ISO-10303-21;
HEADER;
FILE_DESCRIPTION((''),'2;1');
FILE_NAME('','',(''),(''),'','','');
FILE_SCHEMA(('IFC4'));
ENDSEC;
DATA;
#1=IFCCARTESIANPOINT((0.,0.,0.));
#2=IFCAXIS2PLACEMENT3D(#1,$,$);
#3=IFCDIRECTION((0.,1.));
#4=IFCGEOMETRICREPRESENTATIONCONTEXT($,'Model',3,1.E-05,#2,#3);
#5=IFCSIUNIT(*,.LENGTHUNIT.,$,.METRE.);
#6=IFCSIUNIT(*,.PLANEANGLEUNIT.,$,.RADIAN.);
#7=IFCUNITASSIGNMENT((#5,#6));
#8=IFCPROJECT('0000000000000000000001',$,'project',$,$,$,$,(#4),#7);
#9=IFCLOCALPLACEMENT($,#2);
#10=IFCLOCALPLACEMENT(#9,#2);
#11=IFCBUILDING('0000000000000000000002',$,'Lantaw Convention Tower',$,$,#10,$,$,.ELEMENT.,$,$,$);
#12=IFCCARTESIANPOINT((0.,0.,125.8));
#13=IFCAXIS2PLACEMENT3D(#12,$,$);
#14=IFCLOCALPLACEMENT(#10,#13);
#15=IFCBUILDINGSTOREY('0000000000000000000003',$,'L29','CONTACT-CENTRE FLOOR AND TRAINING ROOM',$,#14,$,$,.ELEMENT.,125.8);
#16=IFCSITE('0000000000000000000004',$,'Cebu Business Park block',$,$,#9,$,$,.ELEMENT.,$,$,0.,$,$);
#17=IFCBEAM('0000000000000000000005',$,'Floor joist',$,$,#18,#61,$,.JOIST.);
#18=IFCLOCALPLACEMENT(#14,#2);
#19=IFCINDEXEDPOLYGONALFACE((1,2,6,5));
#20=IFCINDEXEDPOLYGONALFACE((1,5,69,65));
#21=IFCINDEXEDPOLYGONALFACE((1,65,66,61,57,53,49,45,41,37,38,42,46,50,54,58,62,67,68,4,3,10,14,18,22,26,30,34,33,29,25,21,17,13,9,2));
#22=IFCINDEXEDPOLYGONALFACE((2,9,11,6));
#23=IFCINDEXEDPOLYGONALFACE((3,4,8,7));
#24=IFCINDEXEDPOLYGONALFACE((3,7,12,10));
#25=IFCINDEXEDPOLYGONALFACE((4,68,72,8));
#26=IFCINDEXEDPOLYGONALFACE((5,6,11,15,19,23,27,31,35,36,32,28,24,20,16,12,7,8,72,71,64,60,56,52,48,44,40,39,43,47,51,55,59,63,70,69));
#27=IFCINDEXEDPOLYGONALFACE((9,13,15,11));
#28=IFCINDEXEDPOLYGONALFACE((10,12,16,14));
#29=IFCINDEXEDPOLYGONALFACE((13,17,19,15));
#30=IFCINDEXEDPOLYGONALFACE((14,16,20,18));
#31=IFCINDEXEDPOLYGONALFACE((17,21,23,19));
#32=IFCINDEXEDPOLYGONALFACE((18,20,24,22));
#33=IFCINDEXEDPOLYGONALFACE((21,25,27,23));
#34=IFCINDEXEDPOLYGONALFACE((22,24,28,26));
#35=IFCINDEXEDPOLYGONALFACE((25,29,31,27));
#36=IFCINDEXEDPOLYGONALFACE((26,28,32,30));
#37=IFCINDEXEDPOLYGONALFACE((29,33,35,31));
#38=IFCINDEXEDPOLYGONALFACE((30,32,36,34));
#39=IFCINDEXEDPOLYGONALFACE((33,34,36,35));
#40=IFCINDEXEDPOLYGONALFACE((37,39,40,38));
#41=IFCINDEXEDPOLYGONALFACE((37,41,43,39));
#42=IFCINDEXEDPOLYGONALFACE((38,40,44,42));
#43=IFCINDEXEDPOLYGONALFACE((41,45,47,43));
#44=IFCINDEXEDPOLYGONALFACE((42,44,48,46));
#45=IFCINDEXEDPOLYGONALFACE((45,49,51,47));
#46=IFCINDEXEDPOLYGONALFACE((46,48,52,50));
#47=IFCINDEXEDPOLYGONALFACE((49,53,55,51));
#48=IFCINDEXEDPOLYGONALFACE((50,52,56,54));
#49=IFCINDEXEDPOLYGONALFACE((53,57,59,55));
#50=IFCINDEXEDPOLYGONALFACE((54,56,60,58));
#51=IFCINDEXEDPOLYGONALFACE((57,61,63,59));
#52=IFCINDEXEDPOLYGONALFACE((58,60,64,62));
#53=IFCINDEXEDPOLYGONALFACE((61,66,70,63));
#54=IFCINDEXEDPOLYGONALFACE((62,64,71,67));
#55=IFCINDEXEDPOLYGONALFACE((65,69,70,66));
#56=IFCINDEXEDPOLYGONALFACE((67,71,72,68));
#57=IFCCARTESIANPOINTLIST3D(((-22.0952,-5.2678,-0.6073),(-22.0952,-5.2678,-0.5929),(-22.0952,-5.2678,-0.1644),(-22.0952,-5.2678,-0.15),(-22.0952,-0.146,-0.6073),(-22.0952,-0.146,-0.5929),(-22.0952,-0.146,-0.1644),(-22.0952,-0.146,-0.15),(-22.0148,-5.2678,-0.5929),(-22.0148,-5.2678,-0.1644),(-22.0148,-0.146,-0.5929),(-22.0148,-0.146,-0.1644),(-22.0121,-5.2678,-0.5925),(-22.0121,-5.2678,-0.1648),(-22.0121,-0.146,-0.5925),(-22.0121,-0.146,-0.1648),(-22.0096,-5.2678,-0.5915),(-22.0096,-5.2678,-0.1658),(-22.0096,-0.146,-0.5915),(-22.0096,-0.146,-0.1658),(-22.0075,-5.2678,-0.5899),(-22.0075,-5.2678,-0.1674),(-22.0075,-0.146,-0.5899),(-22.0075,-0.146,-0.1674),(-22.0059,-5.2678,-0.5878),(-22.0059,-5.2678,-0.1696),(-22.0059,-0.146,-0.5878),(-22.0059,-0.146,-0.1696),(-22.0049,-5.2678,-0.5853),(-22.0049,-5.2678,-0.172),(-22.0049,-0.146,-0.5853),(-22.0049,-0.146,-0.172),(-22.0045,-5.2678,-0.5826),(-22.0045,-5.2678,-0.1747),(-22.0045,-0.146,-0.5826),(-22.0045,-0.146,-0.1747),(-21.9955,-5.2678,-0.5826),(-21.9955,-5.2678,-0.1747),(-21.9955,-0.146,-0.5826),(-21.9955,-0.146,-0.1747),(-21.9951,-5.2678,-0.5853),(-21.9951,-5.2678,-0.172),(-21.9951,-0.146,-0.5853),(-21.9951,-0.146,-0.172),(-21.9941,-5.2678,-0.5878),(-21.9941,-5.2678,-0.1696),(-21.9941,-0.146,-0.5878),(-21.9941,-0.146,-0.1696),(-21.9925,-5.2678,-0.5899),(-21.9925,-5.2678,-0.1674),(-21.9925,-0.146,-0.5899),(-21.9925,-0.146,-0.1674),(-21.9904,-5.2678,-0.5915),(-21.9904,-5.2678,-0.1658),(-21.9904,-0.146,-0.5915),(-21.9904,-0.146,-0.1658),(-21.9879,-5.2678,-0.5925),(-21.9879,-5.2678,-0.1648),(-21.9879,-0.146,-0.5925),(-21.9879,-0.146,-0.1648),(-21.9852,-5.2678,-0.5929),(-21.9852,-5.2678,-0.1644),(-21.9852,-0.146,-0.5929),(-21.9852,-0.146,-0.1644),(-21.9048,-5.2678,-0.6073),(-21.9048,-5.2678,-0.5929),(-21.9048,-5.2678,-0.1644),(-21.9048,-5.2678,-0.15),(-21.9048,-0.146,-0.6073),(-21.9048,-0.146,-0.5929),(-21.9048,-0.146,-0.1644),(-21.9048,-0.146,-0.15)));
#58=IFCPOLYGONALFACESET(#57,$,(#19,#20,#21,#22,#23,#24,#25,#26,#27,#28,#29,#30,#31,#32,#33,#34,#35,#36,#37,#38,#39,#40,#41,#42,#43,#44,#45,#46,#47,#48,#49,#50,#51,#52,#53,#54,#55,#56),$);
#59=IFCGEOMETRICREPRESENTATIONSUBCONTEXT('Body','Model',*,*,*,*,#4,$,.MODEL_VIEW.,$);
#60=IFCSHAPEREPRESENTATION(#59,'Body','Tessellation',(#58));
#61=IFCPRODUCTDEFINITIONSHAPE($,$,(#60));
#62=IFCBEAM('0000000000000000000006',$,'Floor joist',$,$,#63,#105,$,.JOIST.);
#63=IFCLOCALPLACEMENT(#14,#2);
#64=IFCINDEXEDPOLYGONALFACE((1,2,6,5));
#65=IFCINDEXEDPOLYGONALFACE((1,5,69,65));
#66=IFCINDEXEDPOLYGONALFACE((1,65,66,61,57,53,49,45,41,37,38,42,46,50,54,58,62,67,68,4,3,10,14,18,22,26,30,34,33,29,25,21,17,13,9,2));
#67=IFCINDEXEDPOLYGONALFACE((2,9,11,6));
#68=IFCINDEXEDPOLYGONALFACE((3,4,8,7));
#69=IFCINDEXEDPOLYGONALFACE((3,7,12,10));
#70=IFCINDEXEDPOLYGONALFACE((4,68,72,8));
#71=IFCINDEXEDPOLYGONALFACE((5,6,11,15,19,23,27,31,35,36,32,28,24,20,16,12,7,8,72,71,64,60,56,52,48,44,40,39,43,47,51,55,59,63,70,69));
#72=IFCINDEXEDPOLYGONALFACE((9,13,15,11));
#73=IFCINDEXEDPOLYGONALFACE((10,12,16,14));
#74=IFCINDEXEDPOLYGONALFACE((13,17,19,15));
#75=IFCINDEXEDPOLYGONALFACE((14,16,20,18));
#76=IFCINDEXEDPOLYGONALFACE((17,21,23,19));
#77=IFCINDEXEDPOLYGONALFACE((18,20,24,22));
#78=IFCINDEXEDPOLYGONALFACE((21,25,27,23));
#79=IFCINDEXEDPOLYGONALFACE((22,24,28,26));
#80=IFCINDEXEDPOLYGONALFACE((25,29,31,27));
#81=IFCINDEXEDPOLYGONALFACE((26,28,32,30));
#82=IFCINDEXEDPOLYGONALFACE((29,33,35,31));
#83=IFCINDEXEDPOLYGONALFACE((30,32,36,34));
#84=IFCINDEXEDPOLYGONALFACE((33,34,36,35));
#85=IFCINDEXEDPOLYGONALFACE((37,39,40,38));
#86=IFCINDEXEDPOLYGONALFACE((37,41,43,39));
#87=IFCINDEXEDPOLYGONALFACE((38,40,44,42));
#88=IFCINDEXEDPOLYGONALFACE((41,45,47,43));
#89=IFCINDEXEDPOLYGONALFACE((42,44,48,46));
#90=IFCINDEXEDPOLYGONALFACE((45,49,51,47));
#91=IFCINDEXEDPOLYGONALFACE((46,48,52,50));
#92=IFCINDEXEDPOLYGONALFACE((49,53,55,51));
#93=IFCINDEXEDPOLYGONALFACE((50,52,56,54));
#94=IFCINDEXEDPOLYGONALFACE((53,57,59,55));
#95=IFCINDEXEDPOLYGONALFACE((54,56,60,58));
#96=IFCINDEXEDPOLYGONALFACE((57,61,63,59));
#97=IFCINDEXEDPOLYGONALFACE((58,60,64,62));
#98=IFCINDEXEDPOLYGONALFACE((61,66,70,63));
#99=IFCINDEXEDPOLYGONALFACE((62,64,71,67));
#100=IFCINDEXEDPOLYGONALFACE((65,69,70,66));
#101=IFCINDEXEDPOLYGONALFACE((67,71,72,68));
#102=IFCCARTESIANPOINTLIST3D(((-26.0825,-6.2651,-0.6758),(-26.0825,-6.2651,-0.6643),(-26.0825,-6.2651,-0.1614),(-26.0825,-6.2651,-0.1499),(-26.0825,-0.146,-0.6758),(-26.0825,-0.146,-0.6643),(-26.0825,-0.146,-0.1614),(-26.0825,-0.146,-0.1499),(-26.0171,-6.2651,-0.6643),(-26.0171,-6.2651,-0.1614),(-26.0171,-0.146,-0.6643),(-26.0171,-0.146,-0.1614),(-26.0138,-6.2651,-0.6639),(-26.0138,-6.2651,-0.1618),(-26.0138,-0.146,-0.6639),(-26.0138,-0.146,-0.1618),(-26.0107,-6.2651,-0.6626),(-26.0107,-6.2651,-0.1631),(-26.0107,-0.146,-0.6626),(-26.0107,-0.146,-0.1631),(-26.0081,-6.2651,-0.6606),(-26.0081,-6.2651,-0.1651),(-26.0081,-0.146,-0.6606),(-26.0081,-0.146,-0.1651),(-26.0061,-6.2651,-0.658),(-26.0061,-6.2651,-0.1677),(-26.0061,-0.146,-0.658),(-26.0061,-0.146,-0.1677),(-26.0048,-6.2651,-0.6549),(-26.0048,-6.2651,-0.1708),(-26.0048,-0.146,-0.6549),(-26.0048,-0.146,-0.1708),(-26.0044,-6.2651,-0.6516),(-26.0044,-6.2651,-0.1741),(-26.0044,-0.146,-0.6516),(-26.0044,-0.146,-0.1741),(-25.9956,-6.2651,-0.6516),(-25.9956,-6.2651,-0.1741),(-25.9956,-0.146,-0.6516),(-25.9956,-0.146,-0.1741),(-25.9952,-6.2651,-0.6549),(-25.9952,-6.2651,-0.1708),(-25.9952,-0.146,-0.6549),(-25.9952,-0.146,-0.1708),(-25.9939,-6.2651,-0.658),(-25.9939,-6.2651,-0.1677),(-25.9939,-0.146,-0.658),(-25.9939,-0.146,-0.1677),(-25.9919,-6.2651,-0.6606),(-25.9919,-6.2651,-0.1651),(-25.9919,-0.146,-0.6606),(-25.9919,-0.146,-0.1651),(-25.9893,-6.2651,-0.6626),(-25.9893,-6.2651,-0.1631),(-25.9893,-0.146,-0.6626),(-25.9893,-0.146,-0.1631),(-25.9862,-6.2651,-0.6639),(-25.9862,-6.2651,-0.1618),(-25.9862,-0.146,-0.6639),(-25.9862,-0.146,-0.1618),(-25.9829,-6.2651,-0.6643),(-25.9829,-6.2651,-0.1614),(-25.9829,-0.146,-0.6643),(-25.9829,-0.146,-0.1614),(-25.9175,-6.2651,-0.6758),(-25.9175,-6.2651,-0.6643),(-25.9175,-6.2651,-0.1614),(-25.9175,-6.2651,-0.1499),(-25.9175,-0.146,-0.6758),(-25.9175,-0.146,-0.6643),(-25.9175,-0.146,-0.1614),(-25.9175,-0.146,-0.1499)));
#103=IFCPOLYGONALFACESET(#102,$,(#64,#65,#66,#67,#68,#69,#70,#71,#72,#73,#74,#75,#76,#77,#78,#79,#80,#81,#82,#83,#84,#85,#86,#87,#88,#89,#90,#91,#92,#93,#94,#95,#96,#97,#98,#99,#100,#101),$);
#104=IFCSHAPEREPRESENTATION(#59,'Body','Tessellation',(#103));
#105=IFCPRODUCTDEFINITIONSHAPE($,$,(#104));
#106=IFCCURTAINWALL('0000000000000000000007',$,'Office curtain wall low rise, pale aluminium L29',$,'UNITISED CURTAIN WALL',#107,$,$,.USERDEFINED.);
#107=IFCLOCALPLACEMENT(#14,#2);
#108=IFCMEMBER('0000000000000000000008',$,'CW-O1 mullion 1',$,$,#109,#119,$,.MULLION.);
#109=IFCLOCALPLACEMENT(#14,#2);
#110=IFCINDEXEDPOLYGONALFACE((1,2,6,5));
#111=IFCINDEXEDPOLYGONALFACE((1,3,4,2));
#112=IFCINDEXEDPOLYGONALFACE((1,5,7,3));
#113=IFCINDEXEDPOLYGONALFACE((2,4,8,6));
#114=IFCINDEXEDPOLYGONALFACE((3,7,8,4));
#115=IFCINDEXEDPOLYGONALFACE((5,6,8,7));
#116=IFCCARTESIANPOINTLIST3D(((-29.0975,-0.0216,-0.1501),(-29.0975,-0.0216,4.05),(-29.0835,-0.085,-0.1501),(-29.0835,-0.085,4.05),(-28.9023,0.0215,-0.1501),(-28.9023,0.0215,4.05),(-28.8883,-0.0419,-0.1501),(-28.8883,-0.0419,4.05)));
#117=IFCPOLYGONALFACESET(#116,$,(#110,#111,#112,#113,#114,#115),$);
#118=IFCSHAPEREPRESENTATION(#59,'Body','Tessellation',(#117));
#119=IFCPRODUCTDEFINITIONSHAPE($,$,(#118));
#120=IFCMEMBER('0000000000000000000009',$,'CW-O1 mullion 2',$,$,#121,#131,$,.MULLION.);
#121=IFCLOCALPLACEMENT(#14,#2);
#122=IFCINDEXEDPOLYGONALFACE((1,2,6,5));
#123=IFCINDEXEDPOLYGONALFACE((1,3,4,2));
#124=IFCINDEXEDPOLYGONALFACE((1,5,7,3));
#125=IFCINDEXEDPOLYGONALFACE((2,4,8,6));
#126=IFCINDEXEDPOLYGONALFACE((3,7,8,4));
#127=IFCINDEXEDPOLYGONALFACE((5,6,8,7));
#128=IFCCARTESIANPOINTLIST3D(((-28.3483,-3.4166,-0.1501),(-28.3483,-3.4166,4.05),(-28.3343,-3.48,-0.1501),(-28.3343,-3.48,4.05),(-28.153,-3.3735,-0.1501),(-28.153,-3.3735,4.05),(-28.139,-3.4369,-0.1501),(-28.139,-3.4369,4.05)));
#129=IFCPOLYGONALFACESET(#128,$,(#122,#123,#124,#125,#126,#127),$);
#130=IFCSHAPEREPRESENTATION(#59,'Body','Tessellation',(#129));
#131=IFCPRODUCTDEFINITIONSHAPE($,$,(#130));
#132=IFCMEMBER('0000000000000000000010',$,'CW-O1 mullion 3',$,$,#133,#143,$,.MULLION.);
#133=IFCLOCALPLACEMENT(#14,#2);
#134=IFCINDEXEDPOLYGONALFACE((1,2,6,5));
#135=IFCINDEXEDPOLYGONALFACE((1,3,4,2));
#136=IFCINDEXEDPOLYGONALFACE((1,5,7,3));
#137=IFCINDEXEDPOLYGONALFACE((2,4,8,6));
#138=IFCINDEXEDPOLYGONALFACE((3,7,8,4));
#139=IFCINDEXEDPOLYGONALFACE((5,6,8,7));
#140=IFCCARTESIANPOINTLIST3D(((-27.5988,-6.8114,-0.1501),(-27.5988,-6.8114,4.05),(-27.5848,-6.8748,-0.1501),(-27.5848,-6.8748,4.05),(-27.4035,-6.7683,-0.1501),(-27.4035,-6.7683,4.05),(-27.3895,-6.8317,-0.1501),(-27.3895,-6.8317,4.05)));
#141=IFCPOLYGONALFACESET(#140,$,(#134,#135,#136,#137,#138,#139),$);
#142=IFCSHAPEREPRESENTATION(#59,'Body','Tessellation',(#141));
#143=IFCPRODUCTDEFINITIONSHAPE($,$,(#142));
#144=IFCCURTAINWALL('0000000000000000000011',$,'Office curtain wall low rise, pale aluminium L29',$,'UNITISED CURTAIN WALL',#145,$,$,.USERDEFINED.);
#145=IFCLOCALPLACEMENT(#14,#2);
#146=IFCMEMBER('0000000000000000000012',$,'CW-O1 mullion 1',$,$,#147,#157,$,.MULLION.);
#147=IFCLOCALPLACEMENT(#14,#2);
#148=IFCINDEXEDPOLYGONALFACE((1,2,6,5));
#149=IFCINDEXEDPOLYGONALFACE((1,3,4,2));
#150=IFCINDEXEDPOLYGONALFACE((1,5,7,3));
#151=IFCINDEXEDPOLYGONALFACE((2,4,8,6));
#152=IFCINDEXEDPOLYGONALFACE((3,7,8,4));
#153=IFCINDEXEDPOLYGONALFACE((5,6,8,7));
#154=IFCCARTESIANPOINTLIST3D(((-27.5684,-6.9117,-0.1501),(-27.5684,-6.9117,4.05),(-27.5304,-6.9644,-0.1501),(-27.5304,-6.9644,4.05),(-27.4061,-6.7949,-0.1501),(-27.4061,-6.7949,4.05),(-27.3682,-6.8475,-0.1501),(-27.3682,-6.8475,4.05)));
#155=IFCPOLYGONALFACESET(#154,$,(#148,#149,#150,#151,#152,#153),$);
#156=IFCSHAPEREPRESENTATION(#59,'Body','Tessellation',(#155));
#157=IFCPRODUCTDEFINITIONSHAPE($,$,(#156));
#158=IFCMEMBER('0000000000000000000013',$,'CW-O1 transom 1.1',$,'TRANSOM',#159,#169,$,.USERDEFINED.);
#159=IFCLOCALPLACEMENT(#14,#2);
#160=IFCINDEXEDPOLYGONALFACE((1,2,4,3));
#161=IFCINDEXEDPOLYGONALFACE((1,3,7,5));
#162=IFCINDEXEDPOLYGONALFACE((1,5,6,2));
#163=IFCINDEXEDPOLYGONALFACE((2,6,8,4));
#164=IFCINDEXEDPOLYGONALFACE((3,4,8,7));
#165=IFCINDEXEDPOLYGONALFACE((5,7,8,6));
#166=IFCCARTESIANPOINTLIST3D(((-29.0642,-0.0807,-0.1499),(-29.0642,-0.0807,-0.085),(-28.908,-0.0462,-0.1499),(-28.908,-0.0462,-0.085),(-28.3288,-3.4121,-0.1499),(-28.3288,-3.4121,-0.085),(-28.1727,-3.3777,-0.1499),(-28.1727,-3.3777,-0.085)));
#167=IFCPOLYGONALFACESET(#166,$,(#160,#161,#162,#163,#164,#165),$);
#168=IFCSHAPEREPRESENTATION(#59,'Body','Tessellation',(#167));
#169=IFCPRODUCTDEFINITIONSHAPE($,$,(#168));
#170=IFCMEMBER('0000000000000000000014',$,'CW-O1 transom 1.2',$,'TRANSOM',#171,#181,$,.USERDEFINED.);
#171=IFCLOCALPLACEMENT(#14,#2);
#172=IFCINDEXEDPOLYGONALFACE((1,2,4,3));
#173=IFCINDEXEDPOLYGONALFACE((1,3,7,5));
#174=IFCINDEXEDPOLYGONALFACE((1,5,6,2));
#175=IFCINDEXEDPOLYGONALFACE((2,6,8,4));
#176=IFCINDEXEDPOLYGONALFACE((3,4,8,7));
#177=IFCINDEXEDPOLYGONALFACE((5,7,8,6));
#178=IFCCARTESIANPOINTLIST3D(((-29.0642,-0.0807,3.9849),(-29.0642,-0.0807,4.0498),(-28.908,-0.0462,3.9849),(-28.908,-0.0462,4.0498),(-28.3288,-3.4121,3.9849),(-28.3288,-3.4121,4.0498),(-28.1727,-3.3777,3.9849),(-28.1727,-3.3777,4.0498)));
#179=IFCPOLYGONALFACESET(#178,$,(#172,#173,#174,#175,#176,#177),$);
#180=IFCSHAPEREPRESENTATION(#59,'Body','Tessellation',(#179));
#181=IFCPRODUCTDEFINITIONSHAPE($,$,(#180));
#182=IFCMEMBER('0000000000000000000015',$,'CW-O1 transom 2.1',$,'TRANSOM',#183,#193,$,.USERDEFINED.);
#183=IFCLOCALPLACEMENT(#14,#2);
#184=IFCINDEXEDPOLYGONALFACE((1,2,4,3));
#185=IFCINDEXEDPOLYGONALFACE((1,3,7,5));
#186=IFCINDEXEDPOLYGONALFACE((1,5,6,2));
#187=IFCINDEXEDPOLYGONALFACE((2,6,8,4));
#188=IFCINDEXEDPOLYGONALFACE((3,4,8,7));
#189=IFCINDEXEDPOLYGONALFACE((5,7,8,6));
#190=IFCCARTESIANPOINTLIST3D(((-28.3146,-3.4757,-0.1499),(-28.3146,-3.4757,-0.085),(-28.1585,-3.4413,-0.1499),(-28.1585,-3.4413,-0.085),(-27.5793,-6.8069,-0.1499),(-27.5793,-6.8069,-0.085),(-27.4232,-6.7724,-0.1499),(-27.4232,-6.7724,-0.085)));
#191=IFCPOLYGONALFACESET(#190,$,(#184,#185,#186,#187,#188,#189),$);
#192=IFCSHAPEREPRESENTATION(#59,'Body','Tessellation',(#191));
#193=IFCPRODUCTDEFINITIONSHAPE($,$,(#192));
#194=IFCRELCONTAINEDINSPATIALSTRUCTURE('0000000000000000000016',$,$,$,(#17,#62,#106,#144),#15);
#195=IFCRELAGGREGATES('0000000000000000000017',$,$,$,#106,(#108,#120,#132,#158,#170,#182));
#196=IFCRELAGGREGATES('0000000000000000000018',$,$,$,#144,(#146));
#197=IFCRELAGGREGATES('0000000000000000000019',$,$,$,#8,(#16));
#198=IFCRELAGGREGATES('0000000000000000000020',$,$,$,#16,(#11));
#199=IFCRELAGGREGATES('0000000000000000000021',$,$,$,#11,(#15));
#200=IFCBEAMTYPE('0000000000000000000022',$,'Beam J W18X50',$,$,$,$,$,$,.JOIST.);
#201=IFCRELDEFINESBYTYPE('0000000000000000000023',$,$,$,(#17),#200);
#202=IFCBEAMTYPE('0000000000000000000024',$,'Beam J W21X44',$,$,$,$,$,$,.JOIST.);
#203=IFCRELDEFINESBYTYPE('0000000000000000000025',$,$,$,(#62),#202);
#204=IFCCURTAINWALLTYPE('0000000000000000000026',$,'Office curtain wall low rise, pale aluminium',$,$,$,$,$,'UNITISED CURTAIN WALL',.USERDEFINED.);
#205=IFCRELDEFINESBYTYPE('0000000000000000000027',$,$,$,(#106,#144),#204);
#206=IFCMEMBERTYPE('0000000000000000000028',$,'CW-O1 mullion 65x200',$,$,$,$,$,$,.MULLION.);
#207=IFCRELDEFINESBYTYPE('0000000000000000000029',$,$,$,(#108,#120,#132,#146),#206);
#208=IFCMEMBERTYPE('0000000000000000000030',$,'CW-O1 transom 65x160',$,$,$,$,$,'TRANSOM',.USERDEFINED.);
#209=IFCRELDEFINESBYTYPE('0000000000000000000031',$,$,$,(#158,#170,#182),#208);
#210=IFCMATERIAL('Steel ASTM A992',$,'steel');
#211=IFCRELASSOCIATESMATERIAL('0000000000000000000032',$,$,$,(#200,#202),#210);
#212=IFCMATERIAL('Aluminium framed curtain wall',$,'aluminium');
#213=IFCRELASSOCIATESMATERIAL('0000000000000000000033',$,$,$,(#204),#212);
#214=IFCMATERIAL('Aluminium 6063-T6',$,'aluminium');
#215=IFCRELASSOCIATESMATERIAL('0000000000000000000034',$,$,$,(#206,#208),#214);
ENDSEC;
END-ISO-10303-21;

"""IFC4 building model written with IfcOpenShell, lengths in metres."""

from ifc_helpers import new_model, si_unit, direction, frame, origin, origin_2d, place, context, subcontext, project, spatial, rectangle, i_section, extrude, material, material_profile, profile_set, type_object, element, aggregate, save


model = new_model("IFC4")

# Units and contexts
model_context = context("Model", 3, precision=1e-05, world=origin(), true_north=direction((0.0, 1.0)))
body_context = subcontext(model_context, "Body", "Model", "MODEL_VIEW")
ifc_project = project(units=[si_unit("LENGTHUNIT", "METRE"), si_unit("PLANEANGLEUNIT", "RADIAN")], contexts=[model_context])

# Site, building, storey
site_placement = place(None, origin())
site = spatial("IfcSite", under=ifc_project, at=site_placement, Name="Cebu Business Park block", CompositionType="ELEMENT", RefElevation=0.0)
building_placement = place(site_placement, origin())
building = spatial("IfcBuilding", under=site, at=building_placement, Name="Lantaw Convention Tower", CompositionType="ELEMENT")
storey_placement = place(building_placement, frame((0.0, 0.0, 125.8)))
storey = spatial("IfcBuildingStorey", under=building, at=storey_placement, Name="L29", Description="CONTACT-CENTRE FLOOR AND TRAINING ROOM", CompositionType="ELEMENT", Elevation=125.8)

# Beams
ifc_material_1 = material(Name="Steel ASTM A992", Category="steel")
ifc_material_profile_1 = material_profile(ifc_material_1, i_section(OverallWidth=0.1904, OverallDepth=0.4573, WebThickness=0.009, FlangeThickness=0.0144, FilletRadius=0.0103, at=origin_2d()), Name="W18X50")
ifc_profile_set_1 = profile_set([ifc_material_profile_1], Name="Steel ASTM A992")
beam_type_1 = type_object("IfcBeamType", Name="Beam J W18X50", PredefinedType="JOIST", material=ifc_profile_set_1)
beam_1_placement = place(storey_placement, frame((-22.0, -5.2678, -0.3787), z_axis=(0.0, 1.0, 0.0), x_axis=(-1.0, 0.0, 0.0)))
element("IfcBeam", 1, at=beam_1_placement, inside=storey, type_object=beam_type_1, Name="Floor joist", PredefinedType="JOIST", context=body_context, shape_type="SweptSolid", body=[
    extrude(i_section(OverallWidth=0.1904, OverallDepth=0.4573, WebThickness=0.009, FlangeThickness=0.0144, FilletRadius=0.0103, at=origin_2d()), origin(), (0.0, 0.0, 1.0), 5.1218),
])
ifc_material_profile_2 = material_profile(ifc_material_1, i_section(OverallWidth=0.165, OverallDepth=0.5259, WebThickness=0.0088, FlangeThickness=0.0115, FilletRadius=0.0127, at=origin_2d()), Name="W21X44")
ifc_profile_set_2 = profile_set([ifc_material_profile_2], Name="Steel ASTM A992")
beam_type_2 = type_object("IfcBeamType", Name="Beam J W21X44", PredefinedType="JOIST", material=ifc_profile_set_2)
beam_2_placement = place(storey_placement, frame((-26.0, -6.2651, -0.4128), z_axis=(0.0, 1.0, 0.0), x_axis=(-1.0, 0.0, 0.0)))
element("IfcBeam", 2, at=beam_2_placement, inside=storey, type_object=beam_type_2, Name="Floor joist", PredefinedType="JOIST", context=body_context, shape_type="SweptSolid", body=[
    extrude(i_section(OverallWidth=0.165, OverallDepth=0.5259, WebThickness=0.0088, FlangeThickness=0.0115, FilletRadius=0.0127, at=origin_2d()), origin(), (0.0, 0.0, 1.0), 6.1191),
])

# Curtain wall, members
ifc_material_2 = material(Name="Aluminium framed curtain wall", Category="aluminium")
curtain_wall_type = type_object("IfcCurtainWallType", Name="Office curtain wall low rise, pale aluminium", ElementType="UNITISED CURTAIN WALL", PredefinedType="USERDEFINED", material=ifc_material_2)
curtain_wall_1_placement = place(storey_placement, origin())
curtain_wall_1 = element("IfcCurtainWall", 3, at=curtain_wall_1_placement, inside=storey, type_object=curtain_wall_type, Name="Office curtain wall low rise, pale aluminium L29", ObjectType="UNITISED CURTAIN WALL", PredefinedType="USERDEFINED")
ifc_material_3 = material(Name="Aluminium 6063-T6", Category="aluminium")
ifc_material_profile_3 = material_profile(ifc_material_3, rectangle(XDim=0.2, YDim=0.0649, at=origin_2d()), Name="CW-O1 mullion 65x200")
ifc_profile_set_3 = profile_set([ifc_material_profile_3], Name="Aluminium 6063-T6")
member_type_1 = type_object("IfcMemberType", Name="CW-O1 mullion 65x200", PredefinedType="MULLION", material=ifc_profile_set_3)
member_1_placement = place(storey_placement, frame((-28.9929, -0.0317, -0.1501), z_axis=(0.0, 0.0, 1.0), x_axis=(0.976494, 0.215546, 0.0)))
member_1 = element("IfcMember", 4, at=member_1_placement, type_object=member_type_1, Name="CW-O1 mullion 1", PredefinedType="MULLION", context=body_context, shape_type="SweptSolid", body=[
    extrude(rectangle(XDim=0.2, YDim=0.0649, at=origin_2d()), origin(), (0.0, 0.0, 1.0), 4.2002),
])
member_2_placement = place(storey_placement, frame((-28.2437, -3.4268, -0.1501), z_axis=(0.0, 0.0, 1.0), x_axis=(0.976494, 0.215546, 0.0)))
member_2 = element("IfcMember", 5, at=member_2_placement, type_object=member_type_1, Name="CW-O1 mullion 2", PredefinedType="MULLION", context=body_context, shape_type="SweptSolid", body=[
    extrude(rectangle(XDim=0.2, YDim=0.0649, at=origin_2d()), origin(), (0.0, 0.0, 1.0), 4.2002),
])
member_3_placement = place(storey_placement, frame((-27.4941, -6.8215, -0.1501), z_axis=(0.0, 0.0, 1.0), x_axis=(0.976494, 0.215546, 0.0)))
member_3 = element("IfcMember", 6, at=member_3_placement, type_object=member_type_1, Name="CW-O1 mullion 3", PredefinedType="MULLION", context=body_context, shape_type="SweptSolid", body=[
    extrude(rectangle(XDim=0.2, YDim=0.0649, at=origin_2d()), origin(), (0.0, 0.0, 1.0), 4.2002),
])

# Curtain wall, member
curtain_wall_2_placement = place(storey_placement, origin())
curtain_wall_2 = element("IfcCurtainWall", 7, at=curtain_wall_2_placement, inside=storey, type_object=curtain_wall_type, Name="Office curtain wall low rise, pale aluminium L29", ObjectType="UNITISED CURTAIN WALL", PredefinedType="USERDEFINED")
member_4_placement = place(storey_placement, frame((-27.4683, -6.8796, -0.1501), z_axis=(0.0, 0.0, 1.0), x_axis=(0.811385, 0.584513, 0.0)))
member_4 = element("IfcMember", 8, at=member_4_placement, type_object=member_type_1, Name="CW-O1 mullion 1", PredefinedType="MULLION", context=body_context, shape_type="SweptSolid", body=[
    extrude(rectangle(XDim=0.2, YDim=0.0649, at=origin_2d()), origin(), (0.0, 0.0, 1.0), 4.2002),
])

# Members
ifc_material_profile_4 = material_profile(ifc_material_3, rectangle(XDim=0.1599, YDim=0.0649, at=origin_2d()), Name="CW-O1 transom 65x160")
ifc_profile_set_4 = profile_set([ifc_material_profile_4], Name="Aluminium 6063-T6")
member_type_2 = type_object("IfcMemberType", Name="CW-O1 transom 65x160", ElementType="TRANSOM", PredefinedType="USERDEFINED", material=ifc_profile_set_4)
member_5_placement = place(storey_placement, frame((-28.9861, -0.0635, -0.1174), z_axis=(0.215536, -0.976496, 0.0), x_axis=(0.976496, 0.215536, 0.0)))
member_5 = element("IfcMember", 9, at=member_5_placement, type_object=member_type_2, Name="CW-O1 transom 1.1", ObjectType="TRANSOM", PredefinedType="USERDEFINED", context=body_context, shape_type="SweptSolid", body=[
    extrude(rectangle(XDim=0.1599, YDim=0.0649, at=origin_2d()), origin(), (0.0, 0.0, 1.0), 3.4116),
])
member_6_placement = place(storey_placement, frame((-28.9861, -0.0635, 4.0173), z_axis=(0.215536, -0.976496, 0.0), x_axis=(0.976496, 0.215536, 0.0)))
member_6 = element("IfcMember", 10, at=member_6_placement, type_object=member_type_2, Name="CW-O1 transom 1.2", ObjectType="TRANSOM", PredefinedType="USERDEFINED", context=body_context, shape_type="SweptSolid", body=[
    extrude(rectangle(XDim=0.1599, YDim=0.0649, at=origin_2d()), origin(), (0.0, 0.0, 1.0), 3.4116),
])
member_7_placement = place(storey_placement, frame((-28.2366, -3.4585, -0.1174), z_axis=(0.215551, -0.976493, 0.0), x_axis=(0.976493, 0.215551, 0.0)))
member_7 = element("IfcMember", 11, at=member_7_placement, type_object=member_type_2, Name="CW-O1 transom 2.1", ObjectType="TRANSOM", PredefinedType="USERDEFINED", context=body_context, shape_type="SweptSolid", body=[
    extrude(rectangle(XDim=0.1599, YDim=0.0649, at=origin_2d()), origin(), (0.0, 0.0, 1.0), 3.4114),
])

aggregate(curtain_wall_1, [member_1, member_2, member_3, member_5, member_6, member_7])
aggregate(curtain_wall_2, [member_4])

save(model, "model.ifc")
